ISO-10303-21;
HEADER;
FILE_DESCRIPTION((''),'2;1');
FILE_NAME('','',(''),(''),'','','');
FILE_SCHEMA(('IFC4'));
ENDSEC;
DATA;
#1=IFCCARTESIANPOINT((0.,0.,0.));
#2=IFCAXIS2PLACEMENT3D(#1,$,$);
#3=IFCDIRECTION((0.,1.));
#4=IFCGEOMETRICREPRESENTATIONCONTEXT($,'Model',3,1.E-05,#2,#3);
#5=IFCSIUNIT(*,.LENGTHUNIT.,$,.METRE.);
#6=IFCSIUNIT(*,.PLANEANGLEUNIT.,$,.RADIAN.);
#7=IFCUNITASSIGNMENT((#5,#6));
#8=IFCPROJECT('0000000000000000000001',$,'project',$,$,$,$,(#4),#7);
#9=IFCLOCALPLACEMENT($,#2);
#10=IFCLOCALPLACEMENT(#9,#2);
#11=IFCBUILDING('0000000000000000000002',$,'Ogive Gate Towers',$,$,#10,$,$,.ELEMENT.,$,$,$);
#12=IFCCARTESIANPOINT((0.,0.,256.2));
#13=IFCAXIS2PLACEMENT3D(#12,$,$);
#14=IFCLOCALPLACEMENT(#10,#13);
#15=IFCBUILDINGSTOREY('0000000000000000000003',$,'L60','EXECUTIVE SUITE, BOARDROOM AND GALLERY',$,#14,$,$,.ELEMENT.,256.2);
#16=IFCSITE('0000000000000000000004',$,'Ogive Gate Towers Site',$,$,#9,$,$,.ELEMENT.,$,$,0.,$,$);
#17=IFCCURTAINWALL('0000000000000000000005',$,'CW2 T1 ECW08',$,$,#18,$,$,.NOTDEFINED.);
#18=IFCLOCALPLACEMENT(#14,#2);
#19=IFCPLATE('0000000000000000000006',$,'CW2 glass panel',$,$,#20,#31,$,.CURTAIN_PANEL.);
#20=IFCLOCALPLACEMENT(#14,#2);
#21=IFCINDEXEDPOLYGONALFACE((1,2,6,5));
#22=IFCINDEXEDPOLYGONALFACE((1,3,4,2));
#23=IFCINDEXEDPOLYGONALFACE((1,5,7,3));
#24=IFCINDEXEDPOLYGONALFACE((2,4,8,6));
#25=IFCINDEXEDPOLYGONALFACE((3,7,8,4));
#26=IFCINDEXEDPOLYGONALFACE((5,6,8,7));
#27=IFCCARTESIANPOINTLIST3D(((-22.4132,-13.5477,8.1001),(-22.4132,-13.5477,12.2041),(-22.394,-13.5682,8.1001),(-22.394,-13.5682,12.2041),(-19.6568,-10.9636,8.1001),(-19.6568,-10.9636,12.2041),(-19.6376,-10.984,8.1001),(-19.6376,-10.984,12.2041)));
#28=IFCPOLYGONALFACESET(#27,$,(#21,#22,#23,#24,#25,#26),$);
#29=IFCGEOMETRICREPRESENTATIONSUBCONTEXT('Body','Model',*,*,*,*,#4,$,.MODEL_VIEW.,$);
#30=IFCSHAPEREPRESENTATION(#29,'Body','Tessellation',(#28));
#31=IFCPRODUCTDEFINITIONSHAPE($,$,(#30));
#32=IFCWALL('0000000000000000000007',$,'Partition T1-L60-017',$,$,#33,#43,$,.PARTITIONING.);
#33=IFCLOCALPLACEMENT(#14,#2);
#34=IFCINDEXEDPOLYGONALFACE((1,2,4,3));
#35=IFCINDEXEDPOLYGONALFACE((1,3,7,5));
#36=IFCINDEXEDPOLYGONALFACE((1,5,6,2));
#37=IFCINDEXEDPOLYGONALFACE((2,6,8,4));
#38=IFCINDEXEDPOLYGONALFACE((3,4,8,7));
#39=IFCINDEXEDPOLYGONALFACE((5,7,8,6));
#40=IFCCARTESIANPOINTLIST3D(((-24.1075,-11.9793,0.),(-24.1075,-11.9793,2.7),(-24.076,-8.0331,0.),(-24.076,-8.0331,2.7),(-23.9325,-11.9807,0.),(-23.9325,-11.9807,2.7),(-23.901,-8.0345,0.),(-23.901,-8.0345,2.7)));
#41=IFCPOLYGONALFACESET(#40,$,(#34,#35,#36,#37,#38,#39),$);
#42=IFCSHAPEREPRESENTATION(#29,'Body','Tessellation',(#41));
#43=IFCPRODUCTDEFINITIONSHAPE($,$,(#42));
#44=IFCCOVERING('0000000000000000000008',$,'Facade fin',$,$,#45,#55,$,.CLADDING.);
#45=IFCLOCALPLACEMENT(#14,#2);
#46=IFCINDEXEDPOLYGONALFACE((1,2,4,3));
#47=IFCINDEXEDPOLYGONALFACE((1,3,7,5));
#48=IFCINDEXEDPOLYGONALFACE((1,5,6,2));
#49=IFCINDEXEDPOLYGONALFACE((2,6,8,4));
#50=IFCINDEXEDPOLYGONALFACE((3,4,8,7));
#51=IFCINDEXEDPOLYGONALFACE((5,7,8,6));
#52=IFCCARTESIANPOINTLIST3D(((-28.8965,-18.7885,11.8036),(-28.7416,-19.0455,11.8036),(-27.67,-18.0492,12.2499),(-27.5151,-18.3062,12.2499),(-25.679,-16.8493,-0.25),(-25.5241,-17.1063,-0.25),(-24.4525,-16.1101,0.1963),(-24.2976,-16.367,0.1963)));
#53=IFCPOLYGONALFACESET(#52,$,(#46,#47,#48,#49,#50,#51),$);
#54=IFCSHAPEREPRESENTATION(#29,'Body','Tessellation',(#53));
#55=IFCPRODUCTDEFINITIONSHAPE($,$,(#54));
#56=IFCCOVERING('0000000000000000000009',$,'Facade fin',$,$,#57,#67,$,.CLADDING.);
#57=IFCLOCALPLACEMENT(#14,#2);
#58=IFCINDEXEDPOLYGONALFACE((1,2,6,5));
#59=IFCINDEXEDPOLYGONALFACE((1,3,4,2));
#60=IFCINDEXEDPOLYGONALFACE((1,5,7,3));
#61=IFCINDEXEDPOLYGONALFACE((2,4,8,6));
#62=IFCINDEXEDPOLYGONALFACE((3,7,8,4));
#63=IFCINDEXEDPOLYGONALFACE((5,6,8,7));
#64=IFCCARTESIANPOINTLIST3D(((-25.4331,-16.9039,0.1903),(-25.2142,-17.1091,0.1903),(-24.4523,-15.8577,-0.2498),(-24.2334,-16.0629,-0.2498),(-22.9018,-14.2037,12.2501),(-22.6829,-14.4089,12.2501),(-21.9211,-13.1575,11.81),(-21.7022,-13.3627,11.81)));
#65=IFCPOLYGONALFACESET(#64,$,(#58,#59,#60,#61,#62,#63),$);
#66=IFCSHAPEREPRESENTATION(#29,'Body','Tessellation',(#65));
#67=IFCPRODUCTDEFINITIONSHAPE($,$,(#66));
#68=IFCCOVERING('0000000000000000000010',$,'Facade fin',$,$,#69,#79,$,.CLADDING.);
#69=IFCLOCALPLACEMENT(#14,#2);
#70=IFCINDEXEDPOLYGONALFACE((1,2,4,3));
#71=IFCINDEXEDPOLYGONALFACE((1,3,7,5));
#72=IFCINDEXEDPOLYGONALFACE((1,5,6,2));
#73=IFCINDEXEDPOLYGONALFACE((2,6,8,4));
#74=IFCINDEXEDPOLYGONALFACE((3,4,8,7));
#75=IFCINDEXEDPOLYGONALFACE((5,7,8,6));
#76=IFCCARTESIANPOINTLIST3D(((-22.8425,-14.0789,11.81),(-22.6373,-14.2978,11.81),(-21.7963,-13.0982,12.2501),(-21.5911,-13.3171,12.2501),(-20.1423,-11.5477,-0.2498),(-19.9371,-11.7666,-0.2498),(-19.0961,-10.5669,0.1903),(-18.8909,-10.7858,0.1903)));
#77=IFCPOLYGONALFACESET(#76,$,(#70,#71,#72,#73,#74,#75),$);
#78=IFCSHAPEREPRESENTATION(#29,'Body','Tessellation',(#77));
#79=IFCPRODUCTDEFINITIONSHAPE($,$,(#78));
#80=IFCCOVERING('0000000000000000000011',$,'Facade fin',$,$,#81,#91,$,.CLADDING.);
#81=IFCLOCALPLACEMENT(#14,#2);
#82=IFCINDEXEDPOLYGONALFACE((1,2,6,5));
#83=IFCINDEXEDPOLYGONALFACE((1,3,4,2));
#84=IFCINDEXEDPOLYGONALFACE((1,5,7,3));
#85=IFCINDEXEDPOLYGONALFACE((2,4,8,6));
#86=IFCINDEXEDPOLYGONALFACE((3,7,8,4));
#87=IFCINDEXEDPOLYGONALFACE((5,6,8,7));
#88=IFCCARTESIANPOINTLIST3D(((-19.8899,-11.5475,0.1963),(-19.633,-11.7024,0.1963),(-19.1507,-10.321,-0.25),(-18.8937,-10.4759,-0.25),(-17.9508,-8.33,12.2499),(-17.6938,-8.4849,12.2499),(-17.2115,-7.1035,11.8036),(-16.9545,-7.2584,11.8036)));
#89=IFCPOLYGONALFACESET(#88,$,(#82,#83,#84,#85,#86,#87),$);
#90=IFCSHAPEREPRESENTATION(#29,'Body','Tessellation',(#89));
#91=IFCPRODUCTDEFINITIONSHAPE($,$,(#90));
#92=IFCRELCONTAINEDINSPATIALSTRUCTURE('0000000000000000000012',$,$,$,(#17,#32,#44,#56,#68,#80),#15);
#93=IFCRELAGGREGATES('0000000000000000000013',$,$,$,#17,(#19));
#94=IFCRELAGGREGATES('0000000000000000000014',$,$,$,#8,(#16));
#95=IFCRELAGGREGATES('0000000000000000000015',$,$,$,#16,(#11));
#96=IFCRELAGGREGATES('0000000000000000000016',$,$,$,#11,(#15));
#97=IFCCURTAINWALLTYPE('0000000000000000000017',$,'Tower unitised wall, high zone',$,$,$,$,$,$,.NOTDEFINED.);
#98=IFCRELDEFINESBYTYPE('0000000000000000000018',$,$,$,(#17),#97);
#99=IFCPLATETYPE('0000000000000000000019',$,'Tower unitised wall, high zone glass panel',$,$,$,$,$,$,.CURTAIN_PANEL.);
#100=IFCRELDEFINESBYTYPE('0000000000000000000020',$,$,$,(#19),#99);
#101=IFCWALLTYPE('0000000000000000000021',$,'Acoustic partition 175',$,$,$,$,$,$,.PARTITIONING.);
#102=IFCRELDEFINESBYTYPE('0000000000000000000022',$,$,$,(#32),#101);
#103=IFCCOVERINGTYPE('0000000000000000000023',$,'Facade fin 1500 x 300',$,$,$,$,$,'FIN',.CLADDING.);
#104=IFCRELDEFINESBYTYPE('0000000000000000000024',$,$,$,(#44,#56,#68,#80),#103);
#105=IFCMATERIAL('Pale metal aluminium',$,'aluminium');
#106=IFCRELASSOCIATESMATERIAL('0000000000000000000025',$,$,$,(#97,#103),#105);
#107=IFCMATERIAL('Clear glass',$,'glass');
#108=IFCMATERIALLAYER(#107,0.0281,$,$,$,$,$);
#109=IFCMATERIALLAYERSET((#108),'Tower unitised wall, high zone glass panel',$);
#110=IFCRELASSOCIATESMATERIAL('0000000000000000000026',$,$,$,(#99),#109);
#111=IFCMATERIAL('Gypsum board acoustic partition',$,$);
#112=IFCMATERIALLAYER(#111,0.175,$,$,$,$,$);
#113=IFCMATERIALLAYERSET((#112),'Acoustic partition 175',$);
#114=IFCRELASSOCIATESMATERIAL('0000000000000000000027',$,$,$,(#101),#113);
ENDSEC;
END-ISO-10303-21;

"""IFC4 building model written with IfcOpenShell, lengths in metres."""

from ifc_helpers import new_model, si_unit, direction, frame, frame_2d, origin, origin_2d, place, context, subcontext, project, spatial, rectangle, extrude, material, layer, layer_set, material_profile, profile_set, type_object, element, aggregate, save


model = new_model("IFC4")

# Units and contexts
model_context = context("Model", 3, precision=1e-05, world=origin(), true_north=direction((0.0, 1.0)))
body_context = subcontext(model_context, "Body", "Model", "MODEL_VIEW")
ifc_project = project(units=[si_unit("LENGTHUNIT", "METRE"), si_unit("PLANEANGLEUNIT", "RADIAN")], contexts=[model_context])

# Site, building, storey
site_placement = place(None, origin())
site = spatial("IfcSite", under=ifc_project, at=site_placement, Name="Ogive Gate Towers Site", CompositionType="ELEMENT", RefElevation=0.0)
building_placement = place(site_placement, origin())
building = spatial("IfcBuilding", under=site, at=building_placement, Name="Ogive Gate Towers", CompositionType="ELEMENT")
storey_placement = place(building_placement, frame((0.0, 0.0, 256.2)))
storey = spatial("IfcBuildingStorey", under=building, at=storey_placement, Name="L60", Description="EXECUTIVE SUITE, BOARDROOM AND GALLERY", CompositionType="ELEMENT", Elevation=256.2)

# Shared definitions
ifc_material_1 = material(Name="Pale metal aluminium", Category="aluminium")
curtain_wall_type = type_object("IfcCurtainWallType", Name="Tower unitised wall, high zone", PredefinedType="NOTDEFINED", material=ifc_material_1)

# Curtain wall
curtain_wall_1_placement = place(storey_placement, origin())
curtain_wall_1 = element("IfcCurtainWall", 1, at=curtain_wall_1_placement, inside=storey, type_object=curtain_wall_type, Name="CW2 T1 ECW08", PredefinedType="NOTDEFINED")

# Plate
ifc_material_2 = material(Name="Clear glass", Category="glass")
ifc_layer_1 = layer(ifc_material_2, 0.0281)
ifc_layer_set_1 = layer_set([ifc_layer_1], Name="Tower unitised wall, high zone glass panel")
plate_type = type_object("IfcPlateType", Name="Tower unitised wall, high zone glass panel", PredefinedType="CURTAIN_PANEL", material=ifc_layer_set_1)
plate_1_placement = place(storey_placement, frame((-21.0254, -12.2659, 8.1001), z_axis=(0.0, 0.0, 1.0), x_axis=(0.729542, 0.683936, 0.0)))
plate_1 = element("IfcPlate", 2, at=plate_1_placement, type_object=plate_type, Name="CW2 glass panel", PredefinedType="CURTAIN_PANEL", context=body_context, shape_type="SweptSolid", body=[
    extrude(rectangle(XDim=3.7783, YDim=0.0281, at=origin_2d()), origin(), (0.0, 0.0, 1.0), 4.104),
])
aggregate(curtain_wall_1, [plate_1])

# Wall
ifc_material_3 = material(Name="Gypsum board acoustic partition")
ifc_layer_2 = layer(ifc_material_3, 0.175)
ifc_layer_set_2 = layer_set([ifc_layer_2], Name="Acoustic partition 175")
wall_type = type_object("IfcWallType", Name="Acoustic partition 175", PredefinedType="PARTITIONING", material=ifc_layer_set_2)
wall_placement = place(storey_placement, frame((-24.02, -11.98, 0.0), z_axis=(0.0, 0.0, 1.0), x_axis=(0.007981, 0.999968, 0.0)))
element("IfcWall", 3, at=wall_placement, inside=storey, type_object=wall_type, Name="Partition T1-L60-017", PredefinedType="PARTITIONING", context=body_context, shape_type="SweptSolid", body=[
    extrude(rectangle(XDim=3.9463, YDim=0.175, at=frame_2d((1.9731, 0.0))), origin(), (0.0, 0.0, 1.0), 2.7),
])

# Coverings
ifc_material_profile_1 = material_profile(ifc_material_1, rectangle(XDim=0.3, YDim=1.5, at=origin_2d()), Name="1500 x 300 pale metal aluminium")
ifc_profile_set_1 = profile_set([ifc_material_profile_1], Name="Pale metal aluminium")
covering_type = type_object("IfcCoveringType", Name="Facade fin 1500 x 300", ElementType="FIN", PredefinedType="CLADDING", material=ifc_profile_set_1)
covering_1_placement = place(storey_placement, frame((-24.9883, -16.6082, -0.0269), z_axis=(-0.254842, -0.153594, 0.954706), x_axis=(0.516196, -0.856471, 0.0)))
element("IfcCovering", 4, at=covering_1_placement, inside=storey, type_object=covering_type, Name="Facade fin", PredefinedType="CLADDING", context=body_context, shape_type="SweptSolid", body=[
    extrude(rectangle(XDim=0.3, YDim=1.5, at=origin_2d()), origin(), (0.0, 0.0, 1.0), 12.6255),
])
for number, where, z_axis, x_axis, name in (
    (5, (-24.8333, -16.4834, -0.0298), (0.200654, 0.214047, 0.955993), (-0.729562, 0.683915, 0.0), "Facade fin"),
    (6, (-19.5166, -11.1667, -0.0298), (-0.214047, -0.200654, 0.955993), (0.683915, -0.729562, 0.0), "Facade fin"),
):
    element("IfcCovering", number, at=place(storey_placement, frame(where, z_axis=z_axis, x_axis=x_axis)), inside=storey, type_object=covering_type, Name=name, PredefinedType="CLADDING", context=body_context, shape_type="SweptSolid", body=[
        extrude(rectangle(XDim=0.3, YDim=1.5, at=origin_2d()), origin(), (0.0, 0.0, 1.0), 12.615),
    ])
covering_2_placement = place(storey_placement, frame((-19.3918, -11.0117, -0.0269), z_axis=(0.153594, 0.254842, 0.954706), x_axis=(-0.856471, 0.516196, 0.0)))
element("IfcCovering", 7, at=covering_2_placement, inside=storey, type_object=covering_type, Name="Facade fin", PredefinedType="CLADDING", context=body_context, shape_type="SweptSolid", body=[
    extrude(rectangle(XDim=0.3, YDim=1.5, at=origin_2d()), origin(), (0.0, 0.0, 1.0), 12.6255),
])

save(model, "model.ifc")
